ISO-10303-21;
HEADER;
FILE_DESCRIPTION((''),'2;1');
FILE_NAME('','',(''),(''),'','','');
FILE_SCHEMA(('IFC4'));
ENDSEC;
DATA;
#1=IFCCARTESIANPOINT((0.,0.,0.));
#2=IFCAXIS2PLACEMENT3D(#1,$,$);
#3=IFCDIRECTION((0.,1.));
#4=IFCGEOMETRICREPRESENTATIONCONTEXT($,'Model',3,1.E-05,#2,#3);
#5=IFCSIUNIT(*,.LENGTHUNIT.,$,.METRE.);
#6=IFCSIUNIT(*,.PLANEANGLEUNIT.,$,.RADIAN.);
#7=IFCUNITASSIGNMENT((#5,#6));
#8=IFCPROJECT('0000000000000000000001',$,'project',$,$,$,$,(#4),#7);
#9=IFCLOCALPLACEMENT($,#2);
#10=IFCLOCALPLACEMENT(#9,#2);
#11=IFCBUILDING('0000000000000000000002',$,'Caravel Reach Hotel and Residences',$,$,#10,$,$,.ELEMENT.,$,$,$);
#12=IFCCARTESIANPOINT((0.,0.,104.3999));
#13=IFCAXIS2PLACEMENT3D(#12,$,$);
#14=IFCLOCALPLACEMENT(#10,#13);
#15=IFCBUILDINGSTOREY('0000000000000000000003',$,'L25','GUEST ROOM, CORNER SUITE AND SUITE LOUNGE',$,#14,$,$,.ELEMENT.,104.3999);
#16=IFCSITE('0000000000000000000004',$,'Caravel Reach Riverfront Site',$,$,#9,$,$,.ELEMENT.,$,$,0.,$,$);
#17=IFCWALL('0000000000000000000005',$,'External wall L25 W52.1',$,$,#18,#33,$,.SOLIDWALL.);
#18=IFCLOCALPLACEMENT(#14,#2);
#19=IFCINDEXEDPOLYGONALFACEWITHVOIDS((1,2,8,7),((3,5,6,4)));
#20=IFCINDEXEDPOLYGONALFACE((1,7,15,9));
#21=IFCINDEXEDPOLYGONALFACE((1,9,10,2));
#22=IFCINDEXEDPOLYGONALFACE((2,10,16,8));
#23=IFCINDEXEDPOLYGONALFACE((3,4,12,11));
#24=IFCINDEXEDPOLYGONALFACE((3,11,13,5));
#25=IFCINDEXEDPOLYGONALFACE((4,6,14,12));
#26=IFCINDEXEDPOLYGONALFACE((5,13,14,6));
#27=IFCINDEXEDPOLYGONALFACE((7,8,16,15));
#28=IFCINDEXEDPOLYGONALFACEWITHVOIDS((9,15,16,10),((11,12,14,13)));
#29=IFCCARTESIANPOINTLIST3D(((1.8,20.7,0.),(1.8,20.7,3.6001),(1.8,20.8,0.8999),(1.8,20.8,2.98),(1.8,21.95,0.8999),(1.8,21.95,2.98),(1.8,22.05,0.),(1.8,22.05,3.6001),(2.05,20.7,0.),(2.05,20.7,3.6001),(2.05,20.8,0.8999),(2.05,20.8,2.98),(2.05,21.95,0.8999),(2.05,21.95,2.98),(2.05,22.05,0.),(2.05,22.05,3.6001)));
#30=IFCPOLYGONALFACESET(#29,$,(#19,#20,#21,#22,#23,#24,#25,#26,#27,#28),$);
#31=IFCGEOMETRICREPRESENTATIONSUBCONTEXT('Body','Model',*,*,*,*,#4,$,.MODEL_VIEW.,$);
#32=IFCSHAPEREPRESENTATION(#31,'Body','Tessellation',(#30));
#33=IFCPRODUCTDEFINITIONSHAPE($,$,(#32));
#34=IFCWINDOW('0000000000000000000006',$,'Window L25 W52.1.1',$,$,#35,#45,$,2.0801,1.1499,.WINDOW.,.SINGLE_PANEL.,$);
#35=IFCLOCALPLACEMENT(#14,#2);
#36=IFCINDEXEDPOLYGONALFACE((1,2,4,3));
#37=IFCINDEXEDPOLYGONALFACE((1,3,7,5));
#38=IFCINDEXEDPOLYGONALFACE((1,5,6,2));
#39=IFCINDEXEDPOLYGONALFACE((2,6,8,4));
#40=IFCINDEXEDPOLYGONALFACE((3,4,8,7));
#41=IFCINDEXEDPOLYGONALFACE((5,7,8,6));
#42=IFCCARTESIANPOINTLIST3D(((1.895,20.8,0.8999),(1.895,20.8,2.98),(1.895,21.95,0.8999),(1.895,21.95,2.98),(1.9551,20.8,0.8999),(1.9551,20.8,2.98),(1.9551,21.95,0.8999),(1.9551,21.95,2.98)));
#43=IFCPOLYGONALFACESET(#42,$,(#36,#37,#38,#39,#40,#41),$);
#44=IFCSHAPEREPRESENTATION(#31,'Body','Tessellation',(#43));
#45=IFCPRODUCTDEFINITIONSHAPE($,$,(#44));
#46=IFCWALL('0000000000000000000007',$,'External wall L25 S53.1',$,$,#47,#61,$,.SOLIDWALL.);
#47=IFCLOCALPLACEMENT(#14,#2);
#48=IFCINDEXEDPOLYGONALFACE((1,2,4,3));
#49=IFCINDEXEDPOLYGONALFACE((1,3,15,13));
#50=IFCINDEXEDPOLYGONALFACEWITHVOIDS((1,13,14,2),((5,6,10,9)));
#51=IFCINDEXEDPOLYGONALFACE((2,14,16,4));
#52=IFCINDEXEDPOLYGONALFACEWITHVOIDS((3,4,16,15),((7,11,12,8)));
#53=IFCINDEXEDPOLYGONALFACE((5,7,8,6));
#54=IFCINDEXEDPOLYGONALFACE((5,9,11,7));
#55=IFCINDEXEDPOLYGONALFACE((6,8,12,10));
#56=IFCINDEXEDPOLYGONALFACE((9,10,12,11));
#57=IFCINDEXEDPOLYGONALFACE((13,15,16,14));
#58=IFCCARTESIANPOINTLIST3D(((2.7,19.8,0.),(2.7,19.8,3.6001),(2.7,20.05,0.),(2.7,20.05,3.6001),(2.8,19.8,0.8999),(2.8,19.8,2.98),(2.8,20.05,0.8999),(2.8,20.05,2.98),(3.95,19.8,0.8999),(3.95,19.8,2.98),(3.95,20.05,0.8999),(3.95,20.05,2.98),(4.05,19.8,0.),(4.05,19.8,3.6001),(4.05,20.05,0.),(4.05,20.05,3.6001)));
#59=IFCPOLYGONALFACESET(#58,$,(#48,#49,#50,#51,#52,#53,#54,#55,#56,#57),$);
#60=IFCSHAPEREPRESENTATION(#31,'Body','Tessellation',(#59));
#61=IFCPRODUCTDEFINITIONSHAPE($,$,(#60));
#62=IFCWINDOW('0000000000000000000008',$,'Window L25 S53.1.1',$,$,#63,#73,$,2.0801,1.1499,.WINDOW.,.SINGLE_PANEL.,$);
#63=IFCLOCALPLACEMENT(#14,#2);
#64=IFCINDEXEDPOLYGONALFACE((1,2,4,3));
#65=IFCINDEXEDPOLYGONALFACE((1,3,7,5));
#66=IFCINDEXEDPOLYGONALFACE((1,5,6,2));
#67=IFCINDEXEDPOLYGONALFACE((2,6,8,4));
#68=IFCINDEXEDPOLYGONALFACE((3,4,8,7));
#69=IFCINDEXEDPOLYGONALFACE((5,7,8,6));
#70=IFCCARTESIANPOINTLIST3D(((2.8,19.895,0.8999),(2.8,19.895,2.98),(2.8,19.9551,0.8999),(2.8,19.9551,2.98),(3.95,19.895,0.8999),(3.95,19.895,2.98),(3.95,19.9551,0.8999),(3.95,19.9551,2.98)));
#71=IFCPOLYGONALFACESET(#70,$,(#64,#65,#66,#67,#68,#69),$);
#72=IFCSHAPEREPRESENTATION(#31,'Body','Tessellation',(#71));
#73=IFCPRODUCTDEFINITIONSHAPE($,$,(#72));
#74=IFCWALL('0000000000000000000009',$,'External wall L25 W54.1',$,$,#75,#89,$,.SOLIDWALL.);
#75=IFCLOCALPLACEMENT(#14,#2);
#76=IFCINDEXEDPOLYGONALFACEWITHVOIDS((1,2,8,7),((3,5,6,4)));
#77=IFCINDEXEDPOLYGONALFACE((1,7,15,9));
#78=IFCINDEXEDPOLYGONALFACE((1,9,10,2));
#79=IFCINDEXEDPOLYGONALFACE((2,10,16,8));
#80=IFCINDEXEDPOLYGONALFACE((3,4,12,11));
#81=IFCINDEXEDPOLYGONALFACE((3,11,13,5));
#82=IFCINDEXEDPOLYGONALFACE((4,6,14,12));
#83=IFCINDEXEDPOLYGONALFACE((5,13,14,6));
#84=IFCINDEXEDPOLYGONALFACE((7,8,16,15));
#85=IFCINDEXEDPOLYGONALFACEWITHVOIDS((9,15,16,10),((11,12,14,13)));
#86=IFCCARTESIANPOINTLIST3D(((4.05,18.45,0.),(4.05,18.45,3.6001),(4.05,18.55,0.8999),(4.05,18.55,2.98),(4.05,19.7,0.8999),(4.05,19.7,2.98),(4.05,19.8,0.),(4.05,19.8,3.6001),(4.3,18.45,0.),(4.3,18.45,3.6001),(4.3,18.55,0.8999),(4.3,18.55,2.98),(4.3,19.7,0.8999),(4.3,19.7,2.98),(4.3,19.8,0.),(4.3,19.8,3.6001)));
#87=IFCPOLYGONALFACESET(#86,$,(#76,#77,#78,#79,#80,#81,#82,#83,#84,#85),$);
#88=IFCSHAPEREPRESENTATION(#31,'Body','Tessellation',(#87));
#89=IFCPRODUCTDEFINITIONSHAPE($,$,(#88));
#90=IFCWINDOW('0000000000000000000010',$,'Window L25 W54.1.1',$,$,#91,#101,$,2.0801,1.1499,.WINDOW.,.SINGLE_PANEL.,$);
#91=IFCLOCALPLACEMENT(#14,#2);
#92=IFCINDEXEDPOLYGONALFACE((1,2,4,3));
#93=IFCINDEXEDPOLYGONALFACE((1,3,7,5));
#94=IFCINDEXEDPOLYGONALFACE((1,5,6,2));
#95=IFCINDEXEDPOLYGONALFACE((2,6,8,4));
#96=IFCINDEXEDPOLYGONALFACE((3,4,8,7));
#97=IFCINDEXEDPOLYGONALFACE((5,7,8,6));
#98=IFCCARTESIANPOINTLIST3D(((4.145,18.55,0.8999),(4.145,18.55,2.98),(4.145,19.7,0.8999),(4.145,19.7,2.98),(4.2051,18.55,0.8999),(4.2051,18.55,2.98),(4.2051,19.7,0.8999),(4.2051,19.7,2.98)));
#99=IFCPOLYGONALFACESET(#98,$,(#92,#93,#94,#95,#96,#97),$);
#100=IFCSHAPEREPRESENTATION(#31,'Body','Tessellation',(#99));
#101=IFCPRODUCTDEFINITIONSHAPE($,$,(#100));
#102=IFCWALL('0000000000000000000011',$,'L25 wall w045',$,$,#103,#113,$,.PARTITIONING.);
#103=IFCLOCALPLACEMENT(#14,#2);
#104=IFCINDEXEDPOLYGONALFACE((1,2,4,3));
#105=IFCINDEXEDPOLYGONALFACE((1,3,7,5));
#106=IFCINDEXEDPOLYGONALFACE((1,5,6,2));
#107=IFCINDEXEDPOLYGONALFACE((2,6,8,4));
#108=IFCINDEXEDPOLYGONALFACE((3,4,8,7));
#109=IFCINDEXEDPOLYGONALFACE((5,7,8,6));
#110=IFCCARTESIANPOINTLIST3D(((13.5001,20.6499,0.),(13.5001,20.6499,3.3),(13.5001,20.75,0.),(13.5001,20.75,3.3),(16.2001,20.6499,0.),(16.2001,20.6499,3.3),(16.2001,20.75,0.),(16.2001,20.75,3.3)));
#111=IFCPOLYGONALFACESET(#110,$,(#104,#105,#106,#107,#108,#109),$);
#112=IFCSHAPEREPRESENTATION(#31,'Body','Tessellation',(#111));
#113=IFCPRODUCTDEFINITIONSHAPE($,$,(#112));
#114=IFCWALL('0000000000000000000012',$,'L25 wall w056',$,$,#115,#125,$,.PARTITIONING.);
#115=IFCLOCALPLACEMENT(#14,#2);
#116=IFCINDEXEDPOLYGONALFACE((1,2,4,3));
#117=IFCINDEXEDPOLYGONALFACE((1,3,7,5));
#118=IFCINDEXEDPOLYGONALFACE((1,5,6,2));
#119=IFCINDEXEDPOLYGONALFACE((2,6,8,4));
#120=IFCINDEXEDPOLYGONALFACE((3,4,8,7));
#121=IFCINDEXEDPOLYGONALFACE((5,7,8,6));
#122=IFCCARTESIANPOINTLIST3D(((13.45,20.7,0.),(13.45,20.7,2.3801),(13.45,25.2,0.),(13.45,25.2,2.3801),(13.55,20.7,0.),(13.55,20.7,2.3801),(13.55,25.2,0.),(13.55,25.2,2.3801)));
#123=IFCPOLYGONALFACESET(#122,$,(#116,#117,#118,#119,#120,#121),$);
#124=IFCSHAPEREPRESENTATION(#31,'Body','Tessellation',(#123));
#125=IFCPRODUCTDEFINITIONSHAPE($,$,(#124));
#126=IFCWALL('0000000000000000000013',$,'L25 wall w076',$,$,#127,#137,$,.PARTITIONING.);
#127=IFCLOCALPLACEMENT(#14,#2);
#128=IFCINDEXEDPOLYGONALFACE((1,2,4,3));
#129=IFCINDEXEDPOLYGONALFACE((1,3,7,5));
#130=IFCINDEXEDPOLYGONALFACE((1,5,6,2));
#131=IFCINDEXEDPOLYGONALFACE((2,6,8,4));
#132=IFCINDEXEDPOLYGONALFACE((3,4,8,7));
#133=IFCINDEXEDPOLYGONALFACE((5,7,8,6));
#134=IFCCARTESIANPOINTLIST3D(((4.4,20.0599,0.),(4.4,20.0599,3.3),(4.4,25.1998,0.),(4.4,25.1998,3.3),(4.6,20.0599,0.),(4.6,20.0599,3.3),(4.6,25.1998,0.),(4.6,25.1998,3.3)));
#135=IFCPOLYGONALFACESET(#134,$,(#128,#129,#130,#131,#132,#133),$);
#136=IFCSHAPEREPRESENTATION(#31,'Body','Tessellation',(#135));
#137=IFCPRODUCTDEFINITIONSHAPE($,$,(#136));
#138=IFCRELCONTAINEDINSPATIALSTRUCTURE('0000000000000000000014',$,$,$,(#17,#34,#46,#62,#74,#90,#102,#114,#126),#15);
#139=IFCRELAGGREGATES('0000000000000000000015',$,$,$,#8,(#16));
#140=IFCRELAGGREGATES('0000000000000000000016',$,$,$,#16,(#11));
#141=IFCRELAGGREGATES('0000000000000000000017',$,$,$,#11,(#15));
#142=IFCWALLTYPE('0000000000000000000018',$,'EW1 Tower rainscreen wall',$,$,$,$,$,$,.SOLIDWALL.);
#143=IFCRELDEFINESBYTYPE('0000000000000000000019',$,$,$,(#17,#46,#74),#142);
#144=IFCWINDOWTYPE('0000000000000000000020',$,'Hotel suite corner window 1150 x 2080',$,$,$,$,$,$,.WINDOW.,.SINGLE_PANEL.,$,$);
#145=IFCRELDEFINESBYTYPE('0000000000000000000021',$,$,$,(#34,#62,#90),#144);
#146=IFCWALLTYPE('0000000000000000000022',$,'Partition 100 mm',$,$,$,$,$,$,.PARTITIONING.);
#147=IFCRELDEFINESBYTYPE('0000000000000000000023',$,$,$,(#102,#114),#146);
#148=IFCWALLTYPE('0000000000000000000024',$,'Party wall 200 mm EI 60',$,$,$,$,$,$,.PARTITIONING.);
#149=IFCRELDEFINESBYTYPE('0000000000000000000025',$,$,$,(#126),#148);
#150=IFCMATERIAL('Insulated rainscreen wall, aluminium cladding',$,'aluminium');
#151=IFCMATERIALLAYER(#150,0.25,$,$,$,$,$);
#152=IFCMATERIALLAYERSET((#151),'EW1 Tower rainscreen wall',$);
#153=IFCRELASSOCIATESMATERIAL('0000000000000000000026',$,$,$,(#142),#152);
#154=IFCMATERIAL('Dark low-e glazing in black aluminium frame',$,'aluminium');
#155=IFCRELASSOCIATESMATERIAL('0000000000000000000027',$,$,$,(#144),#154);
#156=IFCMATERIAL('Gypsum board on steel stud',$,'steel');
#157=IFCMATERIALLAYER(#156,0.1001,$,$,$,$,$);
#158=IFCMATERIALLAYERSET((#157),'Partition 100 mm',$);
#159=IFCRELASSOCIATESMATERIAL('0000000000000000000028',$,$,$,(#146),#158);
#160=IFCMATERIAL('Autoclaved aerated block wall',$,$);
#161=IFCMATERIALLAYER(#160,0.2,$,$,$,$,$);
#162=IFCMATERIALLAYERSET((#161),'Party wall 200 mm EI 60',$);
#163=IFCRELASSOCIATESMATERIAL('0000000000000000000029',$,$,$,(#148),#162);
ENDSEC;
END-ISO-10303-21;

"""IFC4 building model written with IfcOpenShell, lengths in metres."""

from ifc_helpers import new_model, si_unit, direction, frame, frame_2d, origin, place, context, subcontext, project, spatial, rectangle, extrude, material, layer, layer_set, type_object, element, fill, save


model = new_model("IFC4")

# Units and contexts
model_context = context("Model", 3, precision=1e-05, world=origin(), true_north=direction((0.0, 1.0)))
body_context = subcontext(model_context, "Body", "Model", "MODEL_VIEW")
ifc_project = project(units=[si_unit("LENGTHUNIT", "METRE"), si_unit("PLANEANGLEUNIT", "RADIAN")], contexts=[model_context])

# Site, building, storey
site_placement = place(None, origin())
site = spatial("IfcSite", under=ifc_project, at=site_placement, Name="Caravel Reach Riverfront Site", CompositionType="ELEMENT", RefElevation=0.0)
building_placement = place(site_placement, origin())
building = spatial("IfcBuilding", under=site, at=building_placement, Name="Caravel Reach Hotel and Residences", CompositionType="ELEMENT")
storey_placement = place(building_placement, frame((0.0, 0.0, 104.3999)))
storey = spatial("IfcBuildingStorey", under=building, at=storey_placement, Name="L25", Description="GUEST ROOM, CORNER SUITE AND SUITE LOUNGE", CompositionType="ELEMENT", Elevation=104.3999)

# Walls, openings, windows
ifc_material_1 = material(Name="Insulated rainscreen wall, aluminium cladding", Category="aluminium")
ifc_layer_1 = layer(ifc_material_1, 0.25)
ifc_layer_set_1 = layer_set([ifc_layer_1], Name="EW1 Tower rainscreen wall")
wall_type_1 = type_object("IfcWallType", Name="EW1 Tower rainscreen wall", PredefinedType="SOLIDWALL", material=ifc_layer_set_1)
ifc_material_2 = material(Name="Dark low-e glazing in black aluminium frame", Category="aluminium")
window_type = type_object("IfcWindowType", Name="Hotel suite corner window 1150 x 2080", PartitioningType="SINGLE_PANEL", PredefinedType="WINDOW", material=ifc_material_2)
wall_1_placement = place(storey_placement, frame((1.925, 22.05, 0.0), z_axis=(0.0, 0.0, 1.0), x_axis=(0.0, -1.0, 0.0)))
wall_1 = element("IfcWall", 1, at=wall_1_placement, inside=storey, type_object=wall_type_1, Name="External wall L25 W52.1", PredefinedType="SOLIDWALL", context=body_context, shape_type="SweptSolid", body=[
    extrude(rectangle(XDim=1.3501, YDim=0.25, at=frame_2d((0.675, 0.0))), origin(), (0.0, 0.0, 1.0), 3.6001),
])
opening_1_placement = place(wall_1_placement, frame((0.1001, 0.0, 0.8999)))
opening_1 = element("IfcOpeningElement", 2, at=opening_1_placement, cuts=wall_1, PredefinedType="OPENING", context=body_context, shape_type="SweptSolid", body=[
    extrude(rectangle(XDim=1.1499, YDim=2.0801, at=frame_2d((0.575, 1.04))), frame((0.0, 0.135, 0.0), z_axis=(0.0, -1.0, 0.0), x_axis=(1.0, 0.0, 0.0)), (0.0, 0.0, 1.0), 0.27),
])
window_1_placement = place(opening_1_placement, origin())
window_1 = element("IfcWindow", 3, at=window_1_placement, inside=storey, type_object=window_type, Name="Window L25 W52.1.1", OverallHeight=2.0801, OverallWidth=1.1499, PartitioningType="SINGLE_PANEL", PredefinedType="WINDOW", context=body_context, shape_type="SweptSolid", body=[
    extrude(rectangle(XDim=1.1499, YDim=2.0801, at=frame_2d((0.575, 1.04))), frame((0.0, 0.03, 0.0), z_axis=(0.0, -1.0, 0.0), x_axis=(1.0, 0.0, 0.0)), (0.0, 0.0, 1.0), 0.0601),
])
fill(opening_1, window_1)
wall_2_placement = place(storey_placement, frame((2.7, 19.925, 0.0), z_axis=(0.0, 0.0, 1.0), x_axis=(1.0, 0.0, 0.0)))
wall_2 = element("IfcWall", 4, at=wall_2_placement, inside=storey, type_object=wall_type_1, Name="External wall L25 S53.1", PredefinedType="SOLIDWALL", context=body_context, shape_type="SweptSolid", body=[
    extrude(rectangle(XDim=1.3501, YDim=0.25, at=frame_2d((0.675, 0.0))), origin(), (0.0, 0.0, 1.0), 3.6001),
])
opening_2_placement = place(wall_2_placement, frame((0.1001, 0.0, 0.8999)))
opening_2 = element("IfcOpeningElement", 5, at=opening_2_placement, cuts=wall_2, PredefinedType="OPENING", context=body_context, shape_type="SweptSolid", body=[
    extrude(rectangle(XDim=1.1499, YDim=2.0801, at=frame_2d((0.575, 1.04))), frame((0.0, 0.135, 0.0), z_axis=(0.0, -1.0, 0.0), x_axis=(1.0, 0.0, 0.0)), (0.0, 0.0, 1.0), 0.27),
])
window_2_placement = place(opening_2_placement, origin())
window_2 = element("IfcWindow", 6, at=window_2_placement, inside=storey, type_object=window_type, Name="Window L25 S53.1.1", OverallHeight=2.0801, OverallWidth=1.1499, PartitioningType="SINGLE_PANEL", PredefinedType="WINDOW", context=body_context, shape_type="SweptSolid", body=[
    extrude(rectangle(XDim=1.1499, YDim=2.0801, at=frame_2d((0.575, 1.04))), frame((0.0, 0.03, 0.0), z_axis=(0.0, -1.0, 0.0), x_axis=(1.0, 0.0, 0.0)), (0.0, 0.0, 1.0), 0.0601),
])
fill(opening_2, window_2)
wall_3_placement = place(storey_placement, frame((4.175, 19.8, 0.0), z_axis=(0.0, 0.0, 1.0), x_axis=(0.0, -1.0, 0.0)))
wall_3 = element("IfcWall", 7, at=wall_3_placement, inside=storey, type_object=wall_type_1, Name="External wall L25 W54.1", PredefinedType="SOLIDWALL", context=body_context, shape_type="SweptSolid", body=[
    extrude(rectangle(XDim=1.3501, YDim=0.25, at=frame_2d((0.675, 0.0))), origin(), (0.0, 0.0, 1.0), 3.6001),
])
opening_3_placement = place(wall_3_placement, frame((0.1001, 0.0, 0.8999)))
opening_3 = element("IfcOpeningElement", 8, at=opening_3_placement, cuts=wall_3, PredefinedType="OPENING", context=body_context, shape_type="SweptSolid", body=[
    extrude(rectangle(XDim=1.1499, YDim=2.0801, at=frame_2d((0.575, 1.04))), frame((0.0, 0.135, 0.0), z_axis=(0.0, -1.0, 0.0), x_axis=(1.0, 0.0, 0.0)), (0.0, 0.0, 1.0), 0.27),
])
window_3_placement = place(opening_3_placement, origin())
window_3 = element("IfcWindow", 9, at=window_3_placement, inside=storey, type_object=window_type, Name="Window L25 W54.1.1", OverallHeight=2.0801, OverallWidth=1.1499, PartitioningType="SINGLE_PANEL", PredefinedType="WINDOW", context=body_context, shape_type="SweptSolid", body=[
    extrude(rectangle(XDim=1.1499, YDim=2.0801, at=frame_2d((0.575, 1.04))), frame((0.0, 0.03, 0.0), z_axis=(0.0, -1.0, 0.0), x_axis=(1.0, 0.0, 0.0)), (0.0, 0.0, 1.0), 0.0601),
])
fill(opening_3, window_3)

# Walls
ifc_material_3 = material(Name="Gypsum board on steel stud", Category="steel")
ifc_layer_2 = layer(ifc_material_3, 0.1001)
ifc_layer_set_2 = layer_set([ifc_layer_2], Name="Partition 100 mm")
wall_type_2 = type_object("IfcWallType", Name="Partition 100 mm", PredefinedType="PARTITIONING", material=ifc_layer_set_2)
wall_4_placement = place(storey_placement, frame((13.5, 20.7, 0.0), z_axis=(0.0, 0.0, 1.0), x_axis=(1.0, 0.0, 0.0)))
element("IfcWall", 10, at=wall_4_placement, inside=storey, type_object=wall_type_2, Name="L25 wall w045", PredefinedType="PARTITIONING", context=body_context, shape_type="SweptSolid", body=[
    extrude(rectangle(XDim=2.7, YDim=0.1001, at=frame_2d((1.3501, 0.0))), origin(), (0.0, 0.0, 1.0), 3.3),
])
wall_5_placement = place(storey_placement, frame((13.5, 20.7, 0.0), z_axis=(0.0, 0.0, 1.0), x_axis=(0.0, 1.0, 0.0)))
element("IfcWall", 11, at=wall_5_placement, inside=storey, type_object=wall_type_2, Name="L25 wall w056", PredefinedType="PARTITIONING", context=body_context, shape_type="SweptSolid", body=[
    extrude(rectangle(XDim=4.5, YDim=0.1001, at=frame_2d((2.25, 0.0))), origin(), (0.0, 0.0, 1.0), 2.3801),
])
ifc_material_4 = material(Name="Autoclaved aerated block wall")
ifc_layer_3 = layer(ifc_material_4, 0.2)
ifc_layer_set_3 = layer_set([ifc_layer_3], Name="Party wall 200 mm EI 60")
wall_type_3 = type_object("IfcWallType", Name="Party wall 200 mm EI 60", PredefinedType="PARTITIONING", material=ifc_layer_set_3)
wall_6_placement = place(storey_placement, frame((4.5, 20.0601, 0.0), z_axis=(0.0, 0.0, 1.0), x_axis=(0.0, 1.0, 0.0)))
element("IfcWall", 12, at=wall_6_placement, inside=storey, type_object=wall_type_3, Name="L25 wall w076", PredefinedType="PARTITIONING", context=body_context, shape_type="SweptSolid", body=[
    extrude(rectangle(XDim=5.1399, YDim=0.2, at=frame_2d((2.5698, 0.0))), origin(), (0.0, 0.0, 1.0), 3.3),
])

save(model, "model.ifc")
